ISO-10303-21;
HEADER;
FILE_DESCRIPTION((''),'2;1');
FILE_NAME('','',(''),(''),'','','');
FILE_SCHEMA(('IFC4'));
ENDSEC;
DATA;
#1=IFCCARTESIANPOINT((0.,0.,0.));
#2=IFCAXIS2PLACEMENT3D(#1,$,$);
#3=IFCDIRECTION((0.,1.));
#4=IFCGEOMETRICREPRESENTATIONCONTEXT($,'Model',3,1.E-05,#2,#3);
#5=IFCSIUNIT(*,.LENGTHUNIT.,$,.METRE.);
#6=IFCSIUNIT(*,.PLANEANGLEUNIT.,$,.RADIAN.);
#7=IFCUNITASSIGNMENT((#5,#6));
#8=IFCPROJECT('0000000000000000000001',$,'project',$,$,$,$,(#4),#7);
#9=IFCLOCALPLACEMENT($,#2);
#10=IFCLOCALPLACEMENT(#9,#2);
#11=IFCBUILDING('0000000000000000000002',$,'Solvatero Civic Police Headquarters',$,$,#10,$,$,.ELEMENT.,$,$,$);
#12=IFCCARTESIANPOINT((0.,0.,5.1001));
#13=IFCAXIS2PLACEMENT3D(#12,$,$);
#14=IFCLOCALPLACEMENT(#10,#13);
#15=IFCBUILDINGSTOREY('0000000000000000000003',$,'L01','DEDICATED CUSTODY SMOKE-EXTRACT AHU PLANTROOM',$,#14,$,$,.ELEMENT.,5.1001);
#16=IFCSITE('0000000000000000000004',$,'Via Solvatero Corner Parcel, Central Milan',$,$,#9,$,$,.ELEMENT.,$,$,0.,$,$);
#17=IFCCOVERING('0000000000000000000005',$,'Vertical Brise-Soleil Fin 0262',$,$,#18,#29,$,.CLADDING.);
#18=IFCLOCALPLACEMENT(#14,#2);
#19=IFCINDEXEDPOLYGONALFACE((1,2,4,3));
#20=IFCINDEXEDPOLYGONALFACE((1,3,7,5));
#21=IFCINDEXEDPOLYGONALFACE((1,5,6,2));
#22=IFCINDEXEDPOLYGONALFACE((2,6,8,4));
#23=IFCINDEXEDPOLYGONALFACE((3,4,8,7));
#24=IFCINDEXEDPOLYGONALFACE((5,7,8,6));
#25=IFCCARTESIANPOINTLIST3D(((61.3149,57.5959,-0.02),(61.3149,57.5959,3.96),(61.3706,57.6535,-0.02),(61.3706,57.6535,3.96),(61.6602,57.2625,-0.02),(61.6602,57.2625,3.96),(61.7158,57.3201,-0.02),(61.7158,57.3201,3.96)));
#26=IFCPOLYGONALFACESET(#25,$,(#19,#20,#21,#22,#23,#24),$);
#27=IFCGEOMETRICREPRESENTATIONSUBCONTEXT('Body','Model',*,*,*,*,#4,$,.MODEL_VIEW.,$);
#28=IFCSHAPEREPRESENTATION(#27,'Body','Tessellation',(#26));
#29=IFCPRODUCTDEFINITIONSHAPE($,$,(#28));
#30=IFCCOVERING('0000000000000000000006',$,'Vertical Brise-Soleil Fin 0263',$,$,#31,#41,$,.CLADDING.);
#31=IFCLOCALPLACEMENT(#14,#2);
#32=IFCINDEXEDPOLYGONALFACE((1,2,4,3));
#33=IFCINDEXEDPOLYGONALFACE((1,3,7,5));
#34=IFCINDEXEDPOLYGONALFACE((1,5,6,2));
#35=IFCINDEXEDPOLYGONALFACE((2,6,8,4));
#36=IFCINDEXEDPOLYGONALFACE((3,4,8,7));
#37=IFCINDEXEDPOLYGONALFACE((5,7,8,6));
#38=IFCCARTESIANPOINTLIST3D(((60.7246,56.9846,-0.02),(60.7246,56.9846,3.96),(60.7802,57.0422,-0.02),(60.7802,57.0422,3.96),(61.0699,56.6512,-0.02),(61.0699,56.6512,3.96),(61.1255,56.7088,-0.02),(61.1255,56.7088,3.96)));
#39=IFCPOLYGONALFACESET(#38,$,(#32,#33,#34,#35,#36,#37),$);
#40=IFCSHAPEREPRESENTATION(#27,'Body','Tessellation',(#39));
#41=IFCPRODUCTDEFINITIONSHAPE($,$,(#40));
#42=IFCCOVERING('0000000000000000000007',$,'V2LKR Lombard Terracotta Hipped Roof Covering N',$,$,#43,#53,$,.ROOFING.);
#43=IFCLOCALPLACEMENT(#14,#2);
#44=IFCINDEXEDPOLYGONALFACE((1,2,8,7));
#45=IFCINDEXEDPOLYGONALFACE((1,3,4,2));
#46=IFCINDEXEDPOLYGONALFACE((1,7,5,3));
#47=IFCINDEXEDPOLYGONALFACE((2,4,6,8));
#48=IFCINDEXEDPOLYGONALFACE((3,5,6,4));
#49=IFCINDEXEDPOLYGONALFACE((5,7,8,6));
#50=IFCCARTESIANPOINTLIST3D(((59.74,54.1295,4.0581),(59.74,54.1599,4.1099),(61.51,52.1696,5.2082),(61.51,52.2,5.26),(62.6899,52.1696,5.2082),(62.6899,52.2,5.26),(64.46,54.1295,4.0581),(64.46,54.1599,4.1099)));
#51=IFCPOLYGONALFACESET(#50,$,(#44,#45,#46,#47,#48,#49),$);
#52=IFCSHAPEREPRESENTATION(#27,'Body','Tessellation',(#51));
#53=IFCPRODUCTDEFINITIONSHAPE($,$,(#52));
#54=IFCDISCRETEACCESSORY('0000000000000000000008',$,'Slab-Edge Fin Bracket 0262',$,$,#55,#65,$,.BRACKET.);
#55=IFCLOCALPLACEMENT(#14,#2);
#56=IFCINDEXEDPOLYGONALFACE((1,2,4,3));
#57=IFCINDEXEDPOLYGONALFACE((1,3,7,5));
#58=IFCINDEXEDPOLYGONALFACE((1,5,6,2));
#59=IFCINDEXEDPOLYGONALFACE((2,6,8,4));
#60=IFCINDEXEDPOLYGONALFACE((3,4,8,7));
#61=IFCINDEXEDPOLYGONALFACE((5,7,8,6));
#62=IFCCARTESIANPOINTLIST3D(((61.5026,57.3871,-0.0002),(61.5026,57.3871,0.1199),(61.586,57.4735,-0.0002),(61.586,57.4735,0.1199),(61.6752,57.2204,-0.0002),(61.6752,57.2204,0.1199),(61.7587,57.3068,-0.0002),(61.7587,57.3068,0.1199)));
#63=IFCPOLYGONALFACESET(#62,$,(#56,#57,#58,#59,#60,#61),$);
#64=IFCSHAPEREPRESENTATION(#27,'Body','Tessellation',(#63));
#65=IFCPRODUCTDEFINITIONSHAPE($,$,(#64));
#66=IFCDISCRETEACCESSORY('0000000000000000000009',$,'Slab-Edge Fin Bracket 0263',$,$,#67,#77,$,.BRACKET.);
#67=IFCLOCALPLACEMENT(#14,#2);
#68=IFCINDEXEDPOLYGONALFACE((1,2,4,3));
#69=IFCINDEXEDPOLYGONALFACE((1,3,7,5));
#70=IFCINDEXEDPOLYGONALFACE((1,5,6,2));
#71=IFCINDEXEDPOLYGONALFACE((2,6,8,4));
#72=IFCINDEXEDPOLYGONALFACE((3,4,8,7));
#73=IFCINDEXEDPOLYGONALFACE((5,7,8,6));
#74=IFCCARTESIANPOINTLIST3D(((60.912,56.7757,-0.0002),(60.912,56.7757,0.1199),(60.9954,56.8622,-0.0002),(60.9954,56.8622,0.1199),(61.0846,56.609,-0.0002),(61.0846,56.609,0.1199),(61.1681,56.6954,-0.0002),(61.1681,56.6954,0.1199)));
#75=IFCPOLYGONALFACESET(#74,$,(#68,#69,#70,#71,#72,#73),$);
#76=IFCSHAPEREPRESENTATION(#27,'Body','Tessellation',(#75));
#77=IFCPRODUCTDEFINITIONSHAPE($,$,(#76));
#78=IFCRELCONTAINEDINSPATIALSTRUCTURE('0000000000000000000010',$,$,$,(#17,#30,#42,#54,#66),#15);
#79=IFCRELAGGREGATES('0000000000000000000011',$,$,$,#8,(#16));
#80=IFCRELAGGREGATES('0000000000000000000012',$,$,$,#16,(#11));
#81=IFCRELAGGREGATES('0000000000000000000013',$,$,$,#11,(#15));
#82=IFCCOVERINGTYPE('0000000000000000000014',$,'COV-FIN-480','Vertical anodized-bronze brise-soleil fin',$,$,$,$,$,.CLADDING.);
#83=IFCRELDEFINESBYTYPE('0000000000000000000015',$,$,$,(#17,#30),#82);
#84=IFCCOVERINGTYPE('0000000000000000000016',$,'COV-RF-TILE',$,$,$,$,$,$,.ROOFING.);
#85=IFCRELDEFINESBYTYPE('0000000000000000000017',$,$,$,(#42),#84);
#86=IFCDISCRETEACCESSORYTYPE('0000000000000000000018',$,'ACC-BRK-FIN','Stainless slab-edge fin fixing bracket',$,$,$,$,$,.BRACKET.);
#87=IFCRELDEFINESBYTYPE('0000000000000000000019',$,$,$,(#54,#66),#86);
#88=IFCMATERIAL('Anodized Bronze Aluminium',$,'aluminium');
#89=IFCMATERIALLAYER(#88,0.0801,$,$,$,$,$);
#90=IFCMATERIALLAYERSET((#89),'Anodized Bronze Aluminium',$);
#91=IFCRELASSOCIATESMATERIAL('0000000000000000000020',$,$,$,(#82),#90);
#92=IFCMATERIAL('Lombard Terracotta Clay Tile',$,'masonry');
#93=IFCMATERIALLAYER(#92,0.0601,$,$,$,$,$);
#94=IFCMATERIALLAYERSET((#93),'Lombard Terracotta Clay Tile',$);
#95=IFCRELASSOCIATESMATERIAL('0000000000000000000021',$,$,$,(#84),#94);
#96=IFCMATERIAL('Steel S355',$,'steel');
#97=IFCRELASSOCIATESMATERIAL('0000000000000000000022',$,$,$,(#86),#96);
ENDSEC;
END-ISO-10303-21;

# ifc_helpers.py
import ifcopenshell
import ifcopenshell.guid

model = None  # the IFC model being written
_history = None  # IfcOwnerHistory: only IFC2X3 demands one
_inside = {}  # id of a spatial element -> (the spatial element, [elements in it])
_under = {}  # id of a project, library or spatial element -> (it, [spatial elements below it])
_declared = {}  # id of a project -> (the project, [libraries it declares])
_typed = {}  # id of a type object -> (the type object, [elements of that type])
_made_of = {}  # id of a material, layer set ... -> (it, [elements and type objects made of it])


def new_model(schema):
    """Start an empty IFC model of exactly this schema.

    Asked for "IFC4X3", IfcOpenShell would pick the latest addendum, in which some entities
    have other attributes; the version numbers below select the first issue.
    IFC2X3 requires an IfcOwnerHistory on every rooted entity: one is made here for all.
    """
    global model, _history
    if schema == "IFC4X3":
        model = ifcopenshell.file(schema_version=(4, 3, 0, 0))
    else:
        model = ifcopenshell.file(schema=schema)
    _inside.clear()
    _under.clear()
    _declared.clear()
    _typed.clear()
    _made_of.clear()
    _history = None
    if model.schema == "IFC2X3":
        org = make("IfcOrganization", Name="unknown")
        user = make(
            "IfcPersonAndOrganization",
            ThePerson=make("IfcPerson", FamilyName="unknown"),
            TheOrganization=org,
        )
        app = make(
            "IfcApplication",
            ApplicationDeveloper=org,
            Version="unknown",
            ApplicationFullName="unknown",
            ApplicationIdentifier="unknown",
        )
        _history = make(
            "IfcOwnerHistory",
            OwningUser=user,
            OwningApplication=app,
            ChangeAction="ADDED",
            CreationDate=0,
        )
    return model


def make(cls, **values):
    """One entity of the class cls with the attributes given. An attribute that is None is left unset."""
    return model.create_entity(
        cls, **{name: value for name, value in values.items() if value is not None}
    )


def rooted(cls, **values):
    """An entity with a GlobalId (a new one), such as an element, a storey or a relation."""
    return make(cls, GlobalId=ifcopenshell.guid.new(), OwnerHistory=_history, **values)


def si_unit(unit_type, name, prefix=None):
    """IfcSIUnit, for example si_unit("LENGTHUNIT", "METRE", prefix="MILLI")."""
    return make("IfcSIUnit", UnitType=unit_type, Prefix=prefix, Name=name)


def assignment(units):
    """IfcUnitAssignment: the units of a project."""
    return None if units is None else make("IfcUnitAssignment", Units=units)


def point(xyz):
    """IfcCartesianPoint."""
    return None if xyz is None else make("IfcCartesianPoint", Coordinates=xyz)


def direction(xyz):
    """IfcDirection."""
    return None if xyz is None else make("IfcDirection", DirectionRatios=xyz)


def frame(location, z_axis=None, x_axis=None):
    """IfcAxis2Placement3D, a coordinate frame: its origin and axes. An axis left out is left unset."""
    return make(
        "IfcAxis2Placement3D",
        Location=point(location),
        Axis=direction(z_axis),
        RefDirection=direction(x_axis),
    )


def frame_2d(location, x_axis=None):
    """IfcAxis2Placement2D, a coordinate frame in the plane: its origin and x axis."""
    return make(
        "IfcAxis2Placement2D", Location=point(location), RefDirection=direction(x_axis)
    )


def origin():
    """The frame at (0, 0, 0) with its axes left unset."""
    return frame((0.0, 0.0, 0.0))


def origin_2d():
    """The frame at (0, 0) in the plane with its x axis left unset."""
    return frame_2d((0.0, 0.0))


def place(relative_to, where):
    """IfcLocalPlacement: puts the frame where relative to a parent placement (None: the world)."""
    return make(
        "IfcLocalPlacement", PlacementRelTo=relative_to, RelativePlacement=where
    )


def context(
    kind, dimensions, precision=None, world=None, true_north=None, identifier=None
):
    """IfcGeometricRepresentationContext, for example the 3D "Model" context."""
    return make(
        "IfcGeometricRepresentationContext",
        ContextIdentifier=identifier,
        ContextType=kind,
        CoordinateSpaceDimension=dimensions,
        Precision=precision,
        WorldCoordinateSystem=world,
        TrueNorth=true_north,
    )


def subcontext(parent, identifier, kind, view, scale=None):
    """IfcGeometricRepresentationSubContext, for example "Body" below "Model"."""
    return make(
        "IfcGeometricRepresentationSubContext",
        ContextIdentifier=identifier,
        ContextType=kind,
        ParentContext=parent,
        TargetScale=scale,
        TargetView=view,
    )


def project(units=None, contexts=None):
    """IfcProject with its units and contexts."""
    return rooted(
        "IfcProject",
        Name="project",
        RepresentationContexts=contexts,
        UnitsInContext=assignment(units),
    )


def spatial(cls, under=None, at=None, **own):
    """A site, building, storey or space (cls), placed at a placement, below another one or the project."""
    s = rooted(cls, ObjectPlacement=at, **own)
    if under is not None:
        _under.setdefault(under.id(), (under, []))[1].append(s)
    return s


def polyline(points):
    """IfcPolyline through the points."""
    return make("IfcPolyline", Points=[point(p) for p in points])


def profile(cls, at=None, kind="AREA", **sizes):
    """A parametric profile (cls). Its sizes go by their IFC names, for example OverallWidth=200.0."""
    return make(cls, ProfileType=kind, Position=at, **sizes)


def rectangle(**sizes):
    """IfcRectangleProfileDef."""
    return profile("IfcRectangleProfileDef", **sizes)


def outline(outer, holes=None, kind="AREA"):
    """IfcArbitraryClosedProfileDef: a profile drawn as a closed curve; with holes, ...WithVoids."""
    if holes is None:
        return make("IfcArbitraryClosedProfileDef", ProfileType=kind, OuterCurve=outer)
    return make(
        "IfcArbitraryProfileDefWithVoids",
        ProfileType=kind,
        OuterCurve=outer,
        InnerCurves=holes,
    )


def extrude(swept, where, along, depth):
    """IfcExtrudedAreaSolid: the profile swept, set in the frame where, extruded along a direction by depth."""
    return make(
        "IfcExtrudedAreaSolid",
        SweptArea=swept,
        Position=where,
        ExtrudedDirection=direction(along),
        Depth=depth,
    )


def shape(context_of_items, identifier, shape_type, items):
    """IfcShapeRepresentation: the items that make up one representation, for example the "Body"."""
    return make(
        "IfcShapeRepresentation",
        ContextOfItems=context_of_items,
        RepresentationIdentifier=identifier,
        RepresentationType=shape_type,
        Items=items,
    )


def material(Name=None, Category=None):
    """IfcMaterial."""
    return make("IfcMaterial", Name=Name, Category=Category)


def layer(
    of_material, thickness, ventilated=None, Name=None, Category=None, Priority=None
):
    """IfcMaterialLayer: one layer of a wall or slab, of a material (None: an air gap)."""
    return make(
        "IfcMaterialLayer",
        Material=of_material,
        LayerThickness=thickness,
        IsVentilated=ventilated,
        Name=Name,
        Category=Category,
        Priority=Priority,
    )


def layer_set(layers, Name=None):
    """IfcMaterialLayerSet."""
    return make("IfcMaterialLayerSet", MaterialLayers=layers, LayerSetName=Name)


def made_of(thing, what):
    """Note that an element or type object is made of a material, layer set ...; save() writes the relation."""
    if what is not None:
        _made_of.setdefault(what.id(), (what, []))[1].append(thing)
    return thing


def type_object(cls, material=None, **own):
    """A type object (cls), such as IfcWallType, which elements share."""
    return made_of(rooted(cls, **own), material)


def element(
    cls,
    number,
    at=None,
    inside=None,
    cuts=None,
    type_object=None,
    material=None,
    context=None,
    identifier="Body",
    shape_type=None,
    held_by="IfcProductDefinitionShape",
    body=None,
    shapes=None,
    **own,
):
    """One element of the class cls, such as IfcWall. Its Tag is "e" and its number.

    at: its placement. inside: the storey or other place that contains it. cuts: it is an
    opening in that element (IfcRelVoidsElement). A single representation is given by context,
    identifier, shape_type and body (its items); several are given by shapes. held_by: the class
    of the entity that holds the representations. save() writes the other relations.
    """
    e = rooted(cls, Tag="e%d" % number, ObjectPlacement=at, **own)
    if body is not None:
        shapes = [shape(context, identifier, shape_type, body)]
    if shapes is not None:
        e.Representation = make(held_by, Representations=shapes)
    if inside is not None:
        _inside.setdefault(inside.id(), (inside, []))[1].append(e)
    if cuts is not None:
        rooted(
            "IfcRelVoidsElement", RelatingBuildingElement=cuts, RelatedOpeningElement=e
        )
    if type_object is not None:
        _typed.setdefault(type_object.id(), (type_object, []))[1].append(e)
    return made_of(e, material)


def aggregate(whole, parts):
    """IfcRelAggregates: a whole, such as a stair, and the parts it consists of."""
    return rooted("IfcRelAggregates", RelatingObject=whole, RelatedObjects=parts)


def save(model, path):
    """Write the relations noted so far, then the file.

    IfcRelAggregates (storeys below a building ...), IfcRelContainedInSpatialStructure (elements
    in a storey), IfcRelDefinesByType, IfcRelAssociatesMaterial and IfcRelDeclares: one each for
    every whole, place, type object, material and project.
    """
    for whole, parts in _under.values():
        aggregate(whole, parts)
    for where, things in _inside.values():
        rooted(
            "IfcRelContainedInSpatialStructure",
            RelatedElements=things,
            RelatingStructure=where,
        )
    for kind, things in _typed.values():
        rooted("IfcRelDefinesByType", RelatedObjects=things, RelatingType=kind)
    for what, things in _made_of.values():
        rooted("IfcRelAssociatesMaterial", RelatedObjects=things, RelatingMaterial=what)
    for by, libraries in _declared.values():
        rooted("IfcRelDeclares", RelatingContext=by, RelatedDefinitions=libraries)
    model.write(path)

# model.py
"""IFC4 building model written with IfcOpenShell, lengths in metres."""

from ifc_helpers import new_model, si_unit, direction, frame, origin, origin_2d, place, context, subcontext, project, spatial, polyline, rectangle, outline, extrude, material, layer, layer_set, type_object, element, save


model = new_model("IFC4")

# Units and contexts
model_context = context("Model", 3, precision=1e-05, world=origin(), true_north=direction((0.0, 1.0)))
body_context = subcontext(model_context, "Body", "Model", "MODEL_VIEW")
ifc_project = project(units=[si_unit("LENGTHUNIT", "METRE"), si_unit("PLANEANGLEUNIT", "RADIAN")], contexts=[model_context])

# Site, building, storey
site_placement = place(None, origin())
site = spatial("IfcSite", under=ifc_project, at=site_placement, Name="Via Solvatero Corner Parcel, Central Milan", CompositionType="ELEMENT", RefElevation=0.0)
building_placement = place(site_placement, origin())
building = spatial("IfcBuilding", under=site, at=building_placement, Name="Solvatero Civic Police Headquarters", CompositionType="ELEMENT")
storey_placement = place(building_placement, frame((0.0, 0.0, 5.1001)))
storey = spatial("IfcBuildingStorey", under=building, at=storey_placement, Name="L01", Description="DEDICATED CUSTODY SMOKE-EXTRACT AHU PLANTROOM", CompositionType="ELEMENT", Elevation=5.1001)

# Shared definitions
ifc_material_1 = material(Name="Steel S355", Category="steel")

# Shared definitions
ifc_material_2 = material(Name="Anodized Bronze Aluminium", Category="aluminium")

# Coverings
ifc_layer_1 = layer(ifc_material_2, 0.0801)
ifc_layer_set_1 = layer_set([ifc_layer_1], Name="Anodized Bronze Aluminium")
covering_type_1 = type_object("IfcCoveringType", Name="COV-FIN-480", Description="Vertical anodized-bronze brise-soleil fin", PredefinedType="CLADDING", material=ifc_layer_set_1)
for number, where, z_axis, x_axis, name in (
    (1, (61.5154, 57.458, -0.02), (0.0, 0.0, 1.0), (-0.694658, -0.71934, 0.0), "Vertical Brise-Soleil Fin 0262"),
    (2, (60.925, 56.8467, -0.02), (0.0, 0.0, 1.0), (-0.694658, -0.71934, 0.0), "Vertical Brise-Soleil Fin 0263"),
):
    element("IfcCovering", number, at=place(storey_placement, frame(where, z_axis=z_axis, x_axis=x_axis)), inside=storey, type_object=covering_type_1, Name=name, PredefinedType="CLADDING", context=body_context, shape_type="SweptSolid", body=[
        extrude(rectangle(XDim=0.0801, YDim=0.48, at=origin_2d()), origin(), (0.0, 0.0, 1.0), 3.98),
    ])
ifc_material_3 = material(Name="Lombard Terracotta Clay Tile", Category="masonry")
ifc_layer_2 = layer(ifc_material_3, 0.0601)
ifc_layer_set_2 = layer_set([ifc_layer_2], Name="Lombard Terracotta Clay Tile")
covering_type_2 = type_object("IfcCoveringType", Name="COV-RF-TILE", PredefinedType="ROOFING", material=ifc_layer_set_2)
covering_placement = place(storey_placement, frame((64.46, 54.1599, 4.1099), z_axis=(0.0, 0.506114, 0.862467), x_axis=(-1.0, 0.0, 0.0)))
element("IfcCovering", 3, at=covering_placement, inside=storey, type_object=covering_type_2, Name="V2LKR Lombard Terracotta Hipped Roof Covering N", PredefinedType="ROOFING", context=body_context, shape_type="SweptSolid", body=[
    extrude(outline(polyline([(0.0, 0.0), (4.72, 0.0), (2.95, 2.2725), (1.77, 2.2725), (0.0, 0.0)])), origin(), (0.0, 0.0, -1.0), 0.0601),
])

# Discrete accessories
discrete_accessory_type = type_object("IfcDiscreteAccessoryType", Name="ACC-BRK-FIN", Description="Stainless slab-edge fin fixing bracket", PredefinedType="BRACKET", material=ifc_material_1)
for number, where, z_axis, x_axis, name in (
    (4, (61.6306, 57.3469, -0.0002), (0.0, 0.0, 1.0), (-0.694658, -0.71934, 0.0), "Slab-Edge Fin Bracket 0262"),
    (5, (61.04, 56.7356, -0.0002), (0.0, 0.0, 1.0), (-0.694658, -0.71934, 0.0), "Slab-Edge Fin Bracket 0263"),
):
    element("IfcDiscreteAccessory", number, at=place(storey_placement, frame(where, z_axis=z_axis, x_axis=x_axis)), inside=storey, type_object=discrete_accessory_type, Name=name, PredefinedType="BRACKET", context=body_context, shape_type="SweptSolid", body=[
        extrude(rectangle(XDim=0.1201, YDim=0.24, at=origin_2d()), origin(), (0.0, 0.0, 1.0), 0.1201),
    ])

save(model, "model.ifc")
